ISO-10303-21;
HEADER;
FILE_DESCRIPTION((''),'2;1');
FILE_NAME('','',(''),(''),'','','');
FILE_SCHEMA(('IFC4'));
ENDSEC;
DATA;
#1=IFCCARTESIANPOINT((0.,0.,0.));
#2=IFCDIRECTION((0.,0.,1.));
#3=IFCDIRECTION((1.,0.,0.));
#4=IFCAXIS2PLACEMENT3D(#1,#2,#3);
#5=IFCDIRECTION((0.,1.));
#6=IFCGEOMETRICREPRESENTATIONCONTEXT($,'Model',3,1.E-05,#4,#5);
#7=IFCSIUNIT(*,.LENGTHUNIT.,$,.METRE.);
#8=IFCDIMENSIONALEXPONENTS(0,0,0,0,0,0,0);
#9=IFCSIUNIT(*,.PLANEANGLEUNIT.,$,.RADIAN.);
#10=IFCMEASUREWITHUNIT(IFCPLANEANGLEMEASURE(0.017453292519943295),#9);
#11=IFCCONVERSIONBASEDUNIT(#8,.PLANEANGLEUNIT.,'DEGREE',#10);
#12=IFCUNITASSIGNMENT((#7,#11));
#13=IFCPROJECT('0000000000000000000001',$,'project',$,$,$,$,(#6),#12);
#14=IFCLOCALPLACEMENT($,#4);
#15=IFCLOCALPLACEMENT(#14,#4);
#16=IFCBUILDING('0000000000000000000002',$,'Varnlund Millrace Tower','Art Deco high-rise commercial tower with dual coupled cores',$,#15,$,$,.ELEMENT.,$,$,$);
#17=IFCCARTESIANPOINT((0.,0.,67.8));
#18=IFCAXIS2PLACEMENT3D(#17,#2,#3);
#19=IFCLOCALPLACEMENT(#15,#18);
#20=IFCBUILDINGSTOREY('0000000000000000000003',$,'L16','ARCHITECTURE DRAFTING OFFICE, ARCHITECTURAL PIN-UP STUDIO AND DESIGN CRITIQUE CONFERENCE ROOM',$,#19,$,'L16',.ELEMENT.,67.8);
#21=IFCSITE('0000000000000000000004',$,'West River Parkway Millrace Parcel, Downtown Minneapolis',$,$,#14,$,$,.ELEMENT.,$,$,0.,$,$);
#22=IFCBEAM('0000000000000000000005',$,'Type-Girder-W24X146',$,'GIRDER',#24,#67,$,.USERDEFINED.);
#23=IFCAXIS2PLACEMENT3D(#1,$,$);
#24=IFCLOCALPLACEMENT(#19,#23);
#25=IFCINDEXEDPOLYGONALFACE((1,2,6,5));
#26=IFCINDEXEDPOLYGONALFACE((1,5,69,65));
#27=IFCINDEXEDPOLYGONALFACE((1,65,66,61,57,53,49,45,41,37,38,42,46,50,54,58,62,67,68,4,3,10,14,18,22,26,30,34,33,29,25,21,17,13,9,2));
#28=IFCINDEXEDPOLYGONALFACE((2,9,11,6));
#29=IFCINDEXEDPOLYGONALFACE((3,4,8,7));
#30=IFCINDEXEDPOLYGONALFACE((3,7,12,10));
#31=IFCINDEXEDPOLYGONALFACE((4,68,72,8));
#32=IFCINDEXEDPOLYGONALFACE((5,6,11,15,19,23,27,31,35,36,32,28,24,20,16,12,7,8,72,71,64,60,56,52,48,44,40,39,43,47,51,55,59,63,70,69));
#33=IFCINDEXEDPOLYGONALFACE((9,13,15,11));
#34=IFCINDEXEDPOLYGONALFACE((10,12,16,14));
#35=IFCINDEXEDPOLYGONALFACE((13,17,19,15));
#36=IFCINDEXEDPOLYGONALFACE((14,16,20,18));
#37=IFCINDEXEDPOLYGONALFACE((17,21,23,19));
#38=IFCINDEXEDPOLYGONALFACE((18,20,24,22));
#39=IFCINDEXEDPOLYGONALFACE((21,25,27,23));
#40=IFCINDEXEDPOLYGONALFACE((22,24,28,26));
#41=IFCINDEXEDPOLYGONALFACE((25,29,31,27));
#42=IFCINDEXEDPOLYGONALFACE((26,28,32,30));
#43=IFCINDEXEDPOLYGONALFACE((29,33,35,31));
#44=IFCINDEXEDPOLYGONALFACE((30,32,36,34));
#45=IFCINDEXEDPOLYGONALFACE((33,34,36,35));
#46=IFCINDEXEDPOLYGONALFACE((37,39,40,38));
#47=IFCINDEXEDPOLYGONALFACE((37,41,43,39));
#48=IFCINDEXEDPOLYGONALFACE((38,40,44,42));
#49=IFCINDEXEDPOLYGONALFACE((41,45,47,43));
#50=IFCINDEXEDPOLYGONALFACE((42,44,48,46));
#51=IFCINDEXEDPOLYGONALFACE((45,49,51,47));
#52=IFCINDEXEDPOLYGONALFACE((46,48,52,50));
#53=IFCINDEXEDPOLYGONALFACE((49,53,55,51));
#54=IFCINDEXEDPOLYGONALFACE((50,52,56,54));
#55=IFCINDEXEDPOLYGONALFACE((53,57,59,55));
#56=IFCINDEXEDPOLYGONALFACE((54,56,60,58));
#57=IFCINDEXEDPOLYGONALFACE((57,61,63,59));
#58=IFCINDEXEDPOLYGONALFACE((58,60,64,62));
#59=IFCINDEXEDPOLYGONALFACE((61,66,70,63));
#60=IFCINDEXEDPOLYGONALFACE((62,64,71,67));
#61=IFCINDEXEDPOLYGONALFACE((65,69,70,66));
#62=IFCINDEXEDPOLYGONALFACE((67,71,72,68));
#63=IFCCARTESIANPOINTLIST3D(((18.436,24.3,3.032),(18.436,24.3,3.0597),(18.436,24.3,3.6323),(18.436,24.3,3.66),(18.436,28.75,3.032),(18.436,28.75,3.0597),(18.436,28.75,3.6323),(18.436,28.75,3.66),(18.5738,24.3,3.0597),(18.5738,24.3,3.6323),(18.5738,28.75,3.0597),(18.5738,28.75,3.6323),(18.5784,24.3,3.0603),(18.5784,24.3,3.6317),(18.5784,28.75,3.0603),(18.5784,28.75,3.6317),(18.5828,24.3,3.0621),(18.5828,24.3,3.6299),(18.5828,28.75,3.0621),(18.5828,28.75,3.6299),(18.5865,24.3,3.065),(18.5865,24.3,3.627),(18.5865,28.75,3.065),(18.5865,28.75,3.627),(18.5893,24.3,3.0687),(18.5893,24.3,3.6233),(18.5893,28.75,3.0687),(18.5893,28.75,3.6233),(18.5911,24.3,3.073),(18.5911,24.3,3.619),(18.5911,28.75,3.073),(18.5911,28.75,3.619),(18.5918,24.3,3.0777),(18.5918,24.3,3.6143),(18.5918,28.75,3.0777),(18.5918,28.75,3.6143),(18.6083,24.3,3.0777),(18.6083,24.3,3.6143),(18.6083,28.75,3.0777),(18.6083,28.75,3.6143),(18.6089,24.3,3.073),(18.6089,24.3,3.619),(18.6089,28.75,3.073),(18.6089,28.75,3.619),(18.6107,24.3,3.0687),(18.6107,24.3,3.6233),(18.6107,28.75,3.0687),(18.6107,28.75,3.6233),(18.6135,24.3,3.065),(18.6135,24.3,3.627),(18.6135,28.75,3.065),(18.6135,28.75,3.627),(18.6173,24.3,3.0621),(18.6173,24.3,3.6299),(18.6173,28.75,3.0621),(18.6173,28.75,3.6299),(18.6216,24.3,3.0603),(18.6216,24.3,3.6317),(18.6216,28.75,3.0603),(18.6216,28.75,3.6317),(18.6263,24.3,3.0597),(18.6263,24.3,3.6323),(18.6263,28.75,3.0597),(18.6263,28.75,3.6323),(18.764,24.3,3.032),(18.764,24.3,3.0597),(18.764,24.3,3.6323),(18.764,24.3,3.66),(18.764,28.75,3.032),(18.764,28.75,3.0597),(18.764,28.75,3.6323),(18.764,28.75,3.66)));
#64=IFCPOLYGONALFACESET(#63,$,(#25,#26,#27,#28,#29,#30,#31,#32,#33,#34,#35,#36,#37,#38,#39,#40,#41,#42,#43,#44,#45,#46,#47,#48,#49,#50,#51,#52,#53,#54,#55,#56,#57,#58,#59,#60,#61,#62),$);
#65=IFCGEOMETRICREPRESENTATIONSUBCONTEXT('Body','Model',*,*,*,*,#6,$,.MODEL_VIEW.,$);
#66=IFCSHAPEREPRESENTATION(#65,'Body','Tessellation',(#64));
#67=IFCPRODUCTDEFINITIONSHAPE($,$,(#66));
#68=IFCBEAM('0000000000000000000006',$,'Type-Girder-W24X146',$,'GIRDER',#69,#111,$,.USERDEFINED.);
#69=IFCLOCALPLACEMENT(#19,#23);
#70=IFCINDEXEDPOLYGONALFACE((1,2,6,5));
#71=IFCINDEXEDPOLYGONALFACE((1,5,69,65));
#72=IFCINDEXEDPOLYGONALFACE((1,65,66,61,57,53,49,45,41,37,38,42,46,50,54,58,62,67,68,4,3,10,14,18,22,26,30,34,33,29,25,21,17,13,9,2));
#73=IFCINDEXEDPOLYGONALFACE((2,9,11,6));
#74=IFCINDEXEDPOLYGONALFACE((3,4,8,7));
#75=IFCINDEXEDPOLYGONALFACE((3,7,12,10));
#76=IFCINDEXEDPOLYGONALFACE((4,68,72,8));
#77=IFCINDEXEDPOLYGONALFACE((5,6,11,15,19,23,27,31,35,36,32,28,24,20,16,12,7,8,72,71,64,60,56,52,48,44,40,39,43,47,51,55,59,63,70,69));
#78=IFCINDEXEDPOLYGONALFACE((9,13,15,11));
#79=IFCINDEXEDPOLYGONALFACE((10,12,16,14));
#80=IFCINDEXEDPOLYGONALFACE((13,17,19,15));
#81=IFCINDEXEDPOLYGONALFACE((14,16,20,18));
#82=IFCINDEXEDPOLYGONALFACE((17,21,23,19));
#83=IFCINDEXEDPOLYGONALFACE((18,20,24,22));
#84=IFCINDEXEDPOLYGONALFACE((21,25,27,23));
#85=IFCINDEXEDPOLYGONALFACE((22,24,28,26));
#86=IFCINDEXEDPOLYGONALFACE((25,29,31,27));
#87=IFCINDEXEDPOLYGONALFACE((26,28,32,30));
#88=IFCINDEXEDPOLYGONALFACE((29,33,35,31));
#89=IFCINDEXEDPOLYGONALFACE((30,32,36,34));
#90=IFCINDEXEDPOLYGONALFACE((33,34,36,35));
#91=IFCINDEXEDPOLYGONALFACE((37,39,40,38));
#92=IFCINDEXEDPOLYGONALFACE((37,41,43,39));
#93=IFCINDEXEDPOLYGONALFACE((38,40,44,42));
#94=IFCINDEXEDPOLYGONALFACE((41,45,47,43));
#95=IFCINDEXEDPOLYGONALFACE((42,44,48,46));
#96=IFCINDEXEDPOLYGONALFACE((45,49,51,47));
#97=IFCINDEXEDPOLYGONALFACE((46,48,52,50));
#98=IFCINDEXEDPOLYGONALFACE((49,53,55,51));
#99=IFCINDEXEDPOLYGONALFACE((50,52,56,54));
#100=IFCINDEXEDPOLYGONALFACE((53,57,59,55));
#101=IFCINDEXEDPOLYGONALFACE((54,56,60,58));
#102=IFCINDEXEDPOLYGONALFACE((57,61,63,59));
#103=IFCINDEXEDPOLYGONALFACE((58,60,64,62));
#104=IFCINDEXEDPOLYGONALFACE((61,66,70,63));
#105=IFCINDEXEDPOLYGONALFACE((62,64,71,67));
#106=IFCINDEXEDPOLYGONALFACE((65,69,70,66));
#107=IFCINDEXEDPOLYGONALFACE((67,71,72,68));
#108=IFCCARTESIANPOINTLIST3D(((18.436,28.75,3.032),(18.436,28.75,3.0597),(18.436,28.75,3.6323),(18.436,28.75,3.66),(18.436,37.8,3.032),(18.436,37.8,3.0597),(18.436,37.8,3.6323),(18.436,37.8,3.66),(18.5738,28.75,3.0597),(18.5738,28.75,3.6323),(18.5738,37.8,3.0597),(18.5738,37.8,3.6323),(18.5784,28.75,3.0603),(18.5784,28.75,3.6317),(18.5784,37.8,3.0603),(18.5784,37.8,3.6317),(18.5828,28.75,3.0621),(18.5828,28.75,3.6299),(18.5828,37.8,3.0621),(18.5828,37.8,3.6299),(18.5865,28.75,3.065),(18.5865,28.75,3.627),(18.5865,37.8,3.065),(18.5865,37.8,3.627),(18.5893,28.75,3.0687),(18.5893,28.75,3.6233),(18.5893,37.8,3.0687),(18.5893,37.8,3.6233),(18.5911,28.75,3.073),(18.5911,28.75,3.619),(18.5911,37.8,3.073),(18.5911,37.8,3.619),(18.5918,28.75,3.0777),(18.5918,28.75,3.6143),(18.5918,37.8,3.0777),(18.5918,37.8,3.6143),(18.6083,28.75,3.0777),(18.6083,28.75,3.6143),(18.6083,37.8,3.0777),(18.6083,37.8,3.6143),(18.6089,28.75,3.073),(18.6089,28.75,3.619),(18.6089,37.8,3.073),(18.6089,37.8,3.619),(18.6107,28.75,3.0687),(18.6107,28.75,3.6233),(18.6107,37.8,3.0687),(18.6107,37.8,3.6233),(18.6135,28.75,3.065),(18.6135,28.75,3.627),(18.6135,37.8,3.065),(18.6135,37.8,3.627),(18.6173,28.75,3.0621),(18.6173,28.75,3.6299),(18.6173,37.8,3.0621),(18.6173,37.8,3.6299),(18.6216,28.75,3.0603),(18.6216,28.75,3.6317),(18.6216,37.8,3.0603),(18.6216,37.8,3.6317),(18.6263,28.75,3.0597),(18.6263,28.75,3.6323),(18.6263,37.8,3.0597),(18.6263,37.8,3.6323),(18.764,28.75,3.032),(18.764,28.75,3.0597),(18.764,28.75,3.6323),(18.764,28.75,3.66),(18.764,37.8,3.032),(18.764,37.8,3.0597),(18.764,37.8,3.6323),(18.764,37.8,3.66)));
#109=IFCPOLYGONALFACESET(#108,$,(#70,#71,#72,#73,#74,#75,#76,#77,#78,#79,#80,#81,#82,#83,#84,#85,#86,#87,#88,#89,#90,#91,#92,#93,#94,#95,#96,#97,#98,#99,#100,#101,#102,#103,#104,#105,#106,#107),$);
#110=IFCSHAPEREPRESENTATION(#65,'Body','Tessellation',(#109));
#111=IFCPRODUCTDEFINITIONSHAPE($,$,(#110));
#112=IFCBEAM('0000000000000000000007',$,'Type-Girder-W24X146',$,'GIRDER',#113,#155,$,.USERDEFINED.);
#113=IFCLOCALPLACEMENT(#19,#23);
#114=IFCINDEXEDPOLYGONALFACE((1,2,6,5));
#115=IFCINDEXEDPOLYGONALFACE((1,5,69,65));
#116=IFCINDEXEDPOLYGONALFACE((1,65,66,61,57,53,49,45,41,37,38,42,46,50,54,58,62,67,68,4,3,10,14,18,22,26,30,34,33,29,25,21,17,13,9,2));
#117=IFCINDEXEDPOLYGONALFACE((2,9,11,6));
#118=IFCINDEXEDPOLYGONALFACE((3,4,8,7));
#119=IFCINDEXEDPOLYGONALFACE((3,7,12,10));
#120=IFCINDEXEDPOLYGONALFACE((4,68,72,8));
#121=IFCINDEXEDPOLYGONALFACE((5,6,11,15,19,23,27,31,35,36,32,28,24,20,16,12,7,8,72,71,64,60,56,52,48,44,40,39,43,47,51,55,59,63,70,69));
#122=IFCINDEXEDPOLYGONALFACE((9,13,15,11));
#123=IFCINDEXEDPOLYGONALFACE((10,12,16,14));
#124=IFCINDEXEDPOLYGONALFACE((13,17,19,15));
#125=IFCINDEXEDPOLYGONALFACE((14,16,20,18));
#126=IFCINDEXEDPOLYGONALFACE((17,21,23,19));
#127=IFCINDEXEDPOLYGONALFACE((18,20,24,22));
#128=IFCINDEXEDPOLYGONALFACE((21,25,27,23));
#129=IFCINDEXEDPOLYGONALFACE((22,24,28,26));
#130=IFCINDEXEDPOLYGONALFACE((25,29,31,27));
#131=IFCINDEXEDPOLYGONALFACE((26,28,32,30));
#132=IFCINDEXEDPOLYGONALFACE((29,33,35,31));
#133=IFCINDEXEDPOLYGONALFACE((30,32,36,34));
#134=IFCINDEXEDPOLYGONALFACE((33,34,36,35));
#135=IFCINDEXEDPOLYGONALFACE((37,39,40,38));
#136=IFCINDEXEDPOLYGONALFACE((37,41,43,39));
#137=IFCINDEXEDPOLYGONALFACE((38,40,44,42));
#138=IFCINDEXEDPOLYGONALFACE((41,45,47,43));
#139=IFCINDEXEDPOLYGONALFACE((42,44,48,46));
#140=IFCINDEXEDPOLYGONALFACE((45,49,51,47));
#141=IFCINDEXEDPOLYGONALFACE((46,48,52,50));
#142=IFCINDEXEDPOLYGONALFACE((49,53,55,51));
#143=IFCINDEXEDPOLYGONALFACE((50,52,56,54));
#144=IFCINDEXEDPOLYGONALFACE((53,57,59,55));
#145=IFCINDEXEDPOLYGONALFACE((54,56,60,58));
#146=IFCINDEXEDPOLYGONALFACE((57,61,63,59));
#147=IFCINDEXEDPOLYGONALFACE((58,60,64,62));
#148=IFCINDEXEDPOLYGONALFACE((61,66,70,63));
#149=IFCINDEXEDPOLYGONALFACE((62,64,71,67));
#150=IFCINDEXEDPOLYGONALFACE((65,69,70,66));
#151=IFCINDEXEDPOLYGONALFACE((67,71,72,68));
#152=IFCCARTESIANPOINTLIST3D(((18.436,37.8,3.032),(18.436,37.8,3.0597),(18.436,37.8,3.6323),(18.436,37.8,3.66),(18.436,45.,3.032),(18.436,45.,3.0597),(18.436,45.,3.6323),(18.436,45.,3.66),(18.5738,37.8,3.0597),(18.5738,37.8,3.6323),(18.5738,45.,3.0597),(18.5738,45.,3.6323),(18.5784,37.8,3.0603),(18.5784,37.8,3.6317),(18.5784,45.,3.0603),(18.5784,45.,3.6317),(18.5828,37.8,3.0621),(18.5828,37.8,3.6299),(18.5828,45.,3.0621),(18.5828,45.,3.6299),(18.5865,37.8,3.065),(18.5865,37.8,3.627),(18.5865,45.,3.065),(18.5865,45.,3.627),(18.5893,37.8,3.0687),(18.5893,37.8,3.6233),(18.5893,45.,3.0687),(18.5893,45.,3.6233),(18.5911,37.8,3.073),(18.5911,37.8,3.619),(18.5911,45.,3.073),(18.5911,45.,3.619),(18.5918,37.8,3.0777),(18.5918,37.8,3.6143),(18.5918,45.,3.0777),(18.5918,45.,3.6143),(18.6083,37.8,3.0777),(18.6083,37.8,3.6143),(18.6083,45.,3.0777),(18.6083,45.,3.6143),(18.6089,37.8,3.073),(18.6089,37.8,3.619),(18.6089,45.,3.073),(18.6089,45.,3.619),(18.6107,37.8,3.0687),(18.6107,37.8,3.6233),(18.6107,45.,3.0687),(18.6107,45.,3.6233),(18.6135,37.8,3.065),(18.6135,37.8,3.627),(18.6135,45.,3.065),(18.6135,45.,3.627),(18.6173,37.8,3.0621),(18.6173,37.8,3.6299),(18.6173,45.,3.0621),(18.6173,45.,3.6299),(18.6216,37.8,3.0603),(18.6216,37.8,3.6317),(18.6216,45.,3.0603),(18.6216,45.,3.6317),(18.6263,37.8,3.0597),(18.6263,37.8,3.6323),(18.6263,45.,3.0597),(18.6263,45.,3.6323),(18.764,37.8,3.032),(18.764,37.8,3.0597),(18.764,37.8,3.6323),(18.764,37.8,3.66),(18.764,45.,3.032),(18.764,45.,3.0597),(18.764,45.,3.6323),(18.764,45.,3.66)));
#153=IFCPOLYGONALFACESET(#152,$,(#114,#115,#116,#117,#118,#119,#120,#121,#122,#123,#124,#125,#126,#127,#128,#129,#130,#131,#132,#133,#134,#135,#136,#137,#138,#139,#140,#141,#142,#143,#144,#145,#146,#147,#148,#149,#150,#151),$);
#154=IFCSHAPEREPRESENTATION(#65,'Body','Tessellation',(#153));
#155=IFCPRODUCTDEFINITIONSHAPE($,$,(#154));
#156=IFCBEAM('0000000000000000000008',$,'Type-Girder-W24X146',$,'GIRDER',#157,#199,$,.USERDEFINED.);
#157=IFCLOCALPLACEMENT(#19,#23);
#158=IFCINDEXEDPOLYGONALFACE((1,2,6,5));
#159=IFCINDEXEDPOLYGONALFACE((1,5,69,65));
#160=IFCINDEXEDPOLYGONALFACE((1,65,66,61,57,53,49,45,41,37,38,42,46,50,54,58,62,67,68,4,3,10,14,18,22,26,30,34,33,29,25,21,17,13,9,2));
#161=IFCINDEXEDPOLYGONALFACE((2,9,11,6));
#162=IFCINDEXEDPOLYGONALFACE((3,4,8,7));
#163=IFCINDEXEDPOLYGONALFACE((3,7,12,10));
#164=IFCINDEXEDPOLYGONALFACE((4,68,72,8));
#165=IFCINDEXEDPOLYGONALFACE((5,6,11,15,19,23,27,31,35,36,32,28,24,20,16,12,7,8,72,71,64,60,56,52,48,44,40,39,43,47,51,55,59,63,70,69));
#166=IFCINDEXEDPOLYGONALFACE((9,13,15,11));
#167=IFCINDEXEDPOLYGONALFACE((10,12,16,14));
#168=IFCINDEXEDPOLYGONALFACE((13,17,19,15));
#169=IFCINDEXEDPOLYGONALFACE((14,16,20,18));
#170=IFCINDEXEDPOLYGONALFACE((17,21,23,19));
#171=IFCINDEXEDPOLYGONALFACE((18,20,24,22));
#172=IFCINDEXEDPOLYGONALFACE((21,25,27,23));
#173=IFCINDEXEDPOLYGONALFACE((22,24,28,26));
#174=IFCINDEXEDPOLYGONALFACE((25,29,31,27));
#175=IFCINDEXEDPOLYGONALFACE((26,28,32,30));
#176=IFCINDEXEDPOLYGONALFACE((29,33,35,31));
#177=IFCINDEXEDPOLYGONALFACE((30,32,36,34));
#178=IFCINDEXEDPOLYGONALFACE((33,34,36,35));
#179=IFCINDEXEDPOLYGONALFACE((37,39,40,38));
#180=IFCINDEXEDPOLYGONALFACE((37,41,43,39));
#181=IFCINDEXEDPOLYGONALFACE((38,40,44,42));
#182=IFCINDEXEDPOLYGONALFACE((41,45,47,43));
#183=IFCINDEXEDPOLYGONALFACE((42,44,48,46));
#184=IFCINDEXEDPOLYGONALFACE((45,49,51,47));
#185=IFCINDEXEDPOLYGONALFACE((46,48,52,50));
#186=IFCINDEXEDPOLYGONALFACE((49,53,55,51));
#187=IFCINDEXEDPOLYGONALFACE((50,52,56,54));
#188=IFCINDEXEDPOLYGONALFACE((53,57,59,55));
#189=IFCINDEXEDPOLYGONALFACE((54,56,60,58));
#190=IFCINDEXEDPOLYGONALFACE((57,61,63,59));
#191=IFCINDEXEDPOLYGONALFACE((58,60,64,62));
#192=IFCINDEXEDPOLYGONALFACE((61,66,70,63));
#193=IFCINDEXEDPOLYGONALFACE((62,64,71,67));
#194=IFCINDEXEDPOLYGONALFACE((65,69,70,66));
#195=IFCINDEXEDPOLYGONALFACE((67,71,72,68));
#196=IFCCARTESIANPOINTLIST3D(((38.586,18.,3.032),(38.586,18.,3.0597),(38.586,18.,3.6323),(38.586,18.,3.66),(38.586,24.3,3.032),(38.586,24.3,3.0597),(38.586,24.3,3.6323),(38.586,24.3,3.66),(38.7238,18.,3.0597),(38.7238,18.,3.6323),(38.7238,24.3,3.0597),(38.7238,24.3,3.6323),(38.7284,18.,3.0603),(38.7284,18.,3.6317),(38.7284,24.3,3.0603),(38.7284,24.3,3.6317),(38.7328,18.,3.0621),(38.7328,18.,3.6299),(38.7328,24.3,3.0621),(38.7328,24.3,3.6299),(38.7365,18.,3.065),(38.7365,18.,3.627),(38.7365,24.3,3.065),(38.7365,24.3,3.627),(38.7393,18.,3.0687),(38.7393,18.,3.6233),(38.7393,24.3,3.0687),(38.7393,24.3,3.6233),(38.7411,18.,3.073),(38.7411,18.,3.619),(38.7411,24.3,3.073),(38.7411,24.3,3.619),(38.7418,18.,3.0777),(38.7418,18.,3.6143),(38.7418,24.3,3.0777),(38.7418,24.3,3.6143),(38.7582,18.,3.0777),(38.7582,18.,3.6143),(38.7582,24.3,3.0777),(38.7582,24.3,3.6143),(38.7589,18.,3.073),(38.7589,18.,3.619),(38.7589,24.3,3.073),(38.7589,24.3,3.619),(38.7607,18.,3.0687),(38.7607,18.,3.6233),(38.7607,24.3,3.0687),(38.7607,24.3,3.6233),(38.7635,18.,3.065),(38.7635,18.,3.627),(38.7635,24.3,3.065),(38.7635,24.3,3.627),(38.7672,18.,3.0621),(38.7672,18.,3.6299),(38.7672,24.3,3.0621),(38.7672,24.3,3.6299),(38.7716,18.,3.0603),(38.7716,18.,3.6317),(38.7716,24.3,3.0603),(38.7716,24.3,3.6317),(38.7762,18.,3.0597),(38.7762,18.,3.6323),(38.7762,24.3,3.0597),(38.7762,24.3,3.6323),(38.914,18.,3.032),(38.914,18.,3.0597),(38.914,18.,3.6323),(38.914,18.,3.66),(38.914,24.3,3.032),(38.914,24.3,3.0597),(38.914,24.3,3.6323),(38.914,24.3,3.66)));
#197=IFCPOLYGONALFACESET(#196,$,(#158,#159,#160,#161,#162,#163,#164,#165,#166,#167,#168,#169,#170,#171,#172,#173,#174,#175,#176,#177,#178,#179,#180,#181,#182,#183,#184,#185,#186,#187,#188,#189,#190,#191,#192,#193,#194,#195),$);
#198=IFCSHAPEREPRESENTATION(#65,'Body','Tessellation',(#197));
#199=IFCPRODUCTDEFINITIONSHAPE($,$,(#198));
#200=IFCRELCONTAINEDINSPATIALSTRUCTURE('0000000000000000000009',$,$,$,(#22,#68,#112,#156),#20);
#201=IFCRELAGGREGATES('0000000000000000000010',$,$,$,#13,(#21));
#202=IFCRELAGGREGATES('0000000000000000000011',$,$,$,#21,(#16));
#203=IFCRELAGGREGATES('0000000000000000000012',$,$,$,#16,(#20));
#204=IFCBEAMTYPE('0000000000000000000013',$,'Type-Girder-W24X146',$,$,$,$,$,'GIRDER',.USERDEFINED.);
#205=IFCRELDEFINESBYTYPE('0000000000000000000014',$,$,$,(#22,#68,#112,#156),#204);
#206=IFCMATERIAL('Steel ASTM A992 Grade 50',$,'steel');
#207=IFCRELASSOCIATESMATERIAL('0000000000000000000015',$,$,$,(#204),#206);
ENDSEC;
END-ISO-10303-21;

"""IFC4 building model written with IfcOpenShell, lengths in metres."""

from ifc_helpers import new_model, entity, si_unit, converted_unit, direction, frame, origin_with_axes, origin_2d_with_axis, place, context, subcontext, project, spatial, i_section, extrude, material, material_profile, profile_set, type_object, element, save


model = new_model("IFC4")

# Units and contexts
model_context = context("Model", 3, precision=1e-05, world=origin_with_axes(), true_north=direction((0.0, 1.0)))
body_context = subcontext(model_context, "Body", "Model", "MODEL_VIEW")
ifc_project = project(units=[si_unit("LENGTHUNIT", "METRE"), converted_unit("PLANEANGLEUNIT", "DEGREE", entity("IfcPlaneAngleMeasure", 0.017453292519943295), si_unit("PLANEANGLEUNIT", "RADIAN"), dimensions=[0, 0, 0, 0, 0, 0, 0])], contexts=[model_context])

# Site, building, storey
site_placement = place(None, origin_with_axes())
site = spatial("IfcSite", under=ifc_project, at=site_placement, Name="West River Parkway Millrace Parcel, Downtown Minneapolis", CompositionType="ELEMENT", RefElevation=0.0)
building_placement = place(site_placement, origin_with_axes())
building = spatial("IfcBuilding", under=site, at=building_placement, Name="Varnlund Millrace Tower", Description="Art Deco high-rise commercial tower with dual coupled cores", CompositionType="ELEMENT")
storey_placement = place(building_placement, frame((0.0, 0.0, 67.8), z_axis=(0.0, 0.0, 1.0), x_axis=(1.0, 0.0, 0.0)))
storey = spatial("IfcBuildingStorey", under=building, at=storey_placement, Name="L16", Description="ARCHITECTURE DRAFTING OFFICE, ARCHITECTURAL PIN-UP STUDIO AND DESIGN CRITIQUE CONFERENCE ROOM", LongName="L16", CompositionType="ELEMENT", Elevation=67.8)

# Beams
ifc_material_1 = material(Name="Steel ASTM A992 Grade 50", Category="steel")
ifc_material_profile_1 = material_profile(ifc_material_1, i_section(OverallWidth=0.328, OverallDepth=0.628, WebThickness=0.0165, FlangeThickness=0.0277, FilletRadius=0.018, at=origin_2d_with_axis()), Name="Steel ASTM A992 Grade 50")
ifc_profile_set_1 = profile_set([ifc_material_profile_1], Name="Steel ASTM A992 Grade 50")
beam_type_1 = type_object("IfcBeamType", Name="Type-Girder-W24X146", ElementType="GIRDER", PredefinedType="USERDEFINED", material=ifc_profile_set_1)
beam_1_placement = place(storey_placement, frame((18.6, 24.3, 3.346), z_axis=(0.0, 1.0, 0.0), x_axis=(-1.0, 0.0, 0.0)))
element("IfcBeam", 1, at=beam_1_placement, inside=storey, type_object=beam_type_1, Name="Type-Girder-W24X146", ObjectType="GIRDER", PredefinedType="USERDEFINED", context=body_context, shape_type="SweptSolid", body=[
    extrude(i_section(OverallWidth=0.328, OverallDepth=0.628, WebThickness=0.0165, FlangeThickness=0.0277, FilletRadius=0.018, at=origin_2d_with_axis()), origin_with_axes(), (0.0, 0.0, 1.0), 4.45),
])
beam_2_placement = place(storey_placement, frame((18.6, 28.75, 3.346), z_axis=(0.0, 1.0, 0.0), x_axis=(-1.0, 0.0, 0.0)))
element("IfcBeam", 2, at=beam_2_placement, inside=storey, type_object=beam_type_1, Name="Type-Girder-W24X146", ObjectType="GIRDER", PredefinedType="USERDEFINED", context=body_context, shape_type="SweptSolid", body=[
    extrude(i_section(OverallWidth=0.328, OverallDepth=0.628, WebThickness=0.0165, FlangeThickness=0.0277, FilletRadius=0.018, at=origin_2d_with_axis()), origin_with_axes(), (0.0, 0.0, 1.0), 9.05),
])
beam_3_placement = place(storey_placement, frame((18.6, 37.8, 3.346), z_axis=(0.0, 1.0, 0.0), x_axis=(-1.0, 0.0, 0.0)))
element("IfcBeam", 3, at=beam_3_placement, inside=storey, type_object=beam_type_1, Name="Type-Girder-W24X146", ObjectType="GIRDER", PredefinedType="USERDEFINED", context=body_context, shape_type="SweptSolid", body=[
    extrude(i_section(OverallWidth=0.328, OverallDepth=0.628, WebThickness=0.0165, FlangeThickness=0.0277, FilletRadius=0.018, at=origin_2d_with_axis()), origin_with_axes(), (0.0, 0.0, 1.0), 7.2),
])
beam_4_placement = place(storey_placement, frame((38.75, 18.0, 3.346), z_axis=(0.0, 1.0, 0.0), x_axis=(-1.0, 0.0, 0.0)))
element("IfcBeam", 4, at=beam_4_placement, inside=storey, type_object=beam_type_1, Name="Type-Girder-W24X146", ObjectType="GIRDER", PredefinedType="USERDEFINED", context=body_context, shape_type="SweptSolid", body=[
    extrude(i_section(OverallWidth=0.328, OverallDepth=0.628, WebThickness=0.0165, FlangeThickness=0.0277, FilletRadius=0.018, at=origin_2d_with_axis()), origin_with_axes(), (0.0, 0.0, 1.0), 6.3),
])

save(model, "model.ifc")
